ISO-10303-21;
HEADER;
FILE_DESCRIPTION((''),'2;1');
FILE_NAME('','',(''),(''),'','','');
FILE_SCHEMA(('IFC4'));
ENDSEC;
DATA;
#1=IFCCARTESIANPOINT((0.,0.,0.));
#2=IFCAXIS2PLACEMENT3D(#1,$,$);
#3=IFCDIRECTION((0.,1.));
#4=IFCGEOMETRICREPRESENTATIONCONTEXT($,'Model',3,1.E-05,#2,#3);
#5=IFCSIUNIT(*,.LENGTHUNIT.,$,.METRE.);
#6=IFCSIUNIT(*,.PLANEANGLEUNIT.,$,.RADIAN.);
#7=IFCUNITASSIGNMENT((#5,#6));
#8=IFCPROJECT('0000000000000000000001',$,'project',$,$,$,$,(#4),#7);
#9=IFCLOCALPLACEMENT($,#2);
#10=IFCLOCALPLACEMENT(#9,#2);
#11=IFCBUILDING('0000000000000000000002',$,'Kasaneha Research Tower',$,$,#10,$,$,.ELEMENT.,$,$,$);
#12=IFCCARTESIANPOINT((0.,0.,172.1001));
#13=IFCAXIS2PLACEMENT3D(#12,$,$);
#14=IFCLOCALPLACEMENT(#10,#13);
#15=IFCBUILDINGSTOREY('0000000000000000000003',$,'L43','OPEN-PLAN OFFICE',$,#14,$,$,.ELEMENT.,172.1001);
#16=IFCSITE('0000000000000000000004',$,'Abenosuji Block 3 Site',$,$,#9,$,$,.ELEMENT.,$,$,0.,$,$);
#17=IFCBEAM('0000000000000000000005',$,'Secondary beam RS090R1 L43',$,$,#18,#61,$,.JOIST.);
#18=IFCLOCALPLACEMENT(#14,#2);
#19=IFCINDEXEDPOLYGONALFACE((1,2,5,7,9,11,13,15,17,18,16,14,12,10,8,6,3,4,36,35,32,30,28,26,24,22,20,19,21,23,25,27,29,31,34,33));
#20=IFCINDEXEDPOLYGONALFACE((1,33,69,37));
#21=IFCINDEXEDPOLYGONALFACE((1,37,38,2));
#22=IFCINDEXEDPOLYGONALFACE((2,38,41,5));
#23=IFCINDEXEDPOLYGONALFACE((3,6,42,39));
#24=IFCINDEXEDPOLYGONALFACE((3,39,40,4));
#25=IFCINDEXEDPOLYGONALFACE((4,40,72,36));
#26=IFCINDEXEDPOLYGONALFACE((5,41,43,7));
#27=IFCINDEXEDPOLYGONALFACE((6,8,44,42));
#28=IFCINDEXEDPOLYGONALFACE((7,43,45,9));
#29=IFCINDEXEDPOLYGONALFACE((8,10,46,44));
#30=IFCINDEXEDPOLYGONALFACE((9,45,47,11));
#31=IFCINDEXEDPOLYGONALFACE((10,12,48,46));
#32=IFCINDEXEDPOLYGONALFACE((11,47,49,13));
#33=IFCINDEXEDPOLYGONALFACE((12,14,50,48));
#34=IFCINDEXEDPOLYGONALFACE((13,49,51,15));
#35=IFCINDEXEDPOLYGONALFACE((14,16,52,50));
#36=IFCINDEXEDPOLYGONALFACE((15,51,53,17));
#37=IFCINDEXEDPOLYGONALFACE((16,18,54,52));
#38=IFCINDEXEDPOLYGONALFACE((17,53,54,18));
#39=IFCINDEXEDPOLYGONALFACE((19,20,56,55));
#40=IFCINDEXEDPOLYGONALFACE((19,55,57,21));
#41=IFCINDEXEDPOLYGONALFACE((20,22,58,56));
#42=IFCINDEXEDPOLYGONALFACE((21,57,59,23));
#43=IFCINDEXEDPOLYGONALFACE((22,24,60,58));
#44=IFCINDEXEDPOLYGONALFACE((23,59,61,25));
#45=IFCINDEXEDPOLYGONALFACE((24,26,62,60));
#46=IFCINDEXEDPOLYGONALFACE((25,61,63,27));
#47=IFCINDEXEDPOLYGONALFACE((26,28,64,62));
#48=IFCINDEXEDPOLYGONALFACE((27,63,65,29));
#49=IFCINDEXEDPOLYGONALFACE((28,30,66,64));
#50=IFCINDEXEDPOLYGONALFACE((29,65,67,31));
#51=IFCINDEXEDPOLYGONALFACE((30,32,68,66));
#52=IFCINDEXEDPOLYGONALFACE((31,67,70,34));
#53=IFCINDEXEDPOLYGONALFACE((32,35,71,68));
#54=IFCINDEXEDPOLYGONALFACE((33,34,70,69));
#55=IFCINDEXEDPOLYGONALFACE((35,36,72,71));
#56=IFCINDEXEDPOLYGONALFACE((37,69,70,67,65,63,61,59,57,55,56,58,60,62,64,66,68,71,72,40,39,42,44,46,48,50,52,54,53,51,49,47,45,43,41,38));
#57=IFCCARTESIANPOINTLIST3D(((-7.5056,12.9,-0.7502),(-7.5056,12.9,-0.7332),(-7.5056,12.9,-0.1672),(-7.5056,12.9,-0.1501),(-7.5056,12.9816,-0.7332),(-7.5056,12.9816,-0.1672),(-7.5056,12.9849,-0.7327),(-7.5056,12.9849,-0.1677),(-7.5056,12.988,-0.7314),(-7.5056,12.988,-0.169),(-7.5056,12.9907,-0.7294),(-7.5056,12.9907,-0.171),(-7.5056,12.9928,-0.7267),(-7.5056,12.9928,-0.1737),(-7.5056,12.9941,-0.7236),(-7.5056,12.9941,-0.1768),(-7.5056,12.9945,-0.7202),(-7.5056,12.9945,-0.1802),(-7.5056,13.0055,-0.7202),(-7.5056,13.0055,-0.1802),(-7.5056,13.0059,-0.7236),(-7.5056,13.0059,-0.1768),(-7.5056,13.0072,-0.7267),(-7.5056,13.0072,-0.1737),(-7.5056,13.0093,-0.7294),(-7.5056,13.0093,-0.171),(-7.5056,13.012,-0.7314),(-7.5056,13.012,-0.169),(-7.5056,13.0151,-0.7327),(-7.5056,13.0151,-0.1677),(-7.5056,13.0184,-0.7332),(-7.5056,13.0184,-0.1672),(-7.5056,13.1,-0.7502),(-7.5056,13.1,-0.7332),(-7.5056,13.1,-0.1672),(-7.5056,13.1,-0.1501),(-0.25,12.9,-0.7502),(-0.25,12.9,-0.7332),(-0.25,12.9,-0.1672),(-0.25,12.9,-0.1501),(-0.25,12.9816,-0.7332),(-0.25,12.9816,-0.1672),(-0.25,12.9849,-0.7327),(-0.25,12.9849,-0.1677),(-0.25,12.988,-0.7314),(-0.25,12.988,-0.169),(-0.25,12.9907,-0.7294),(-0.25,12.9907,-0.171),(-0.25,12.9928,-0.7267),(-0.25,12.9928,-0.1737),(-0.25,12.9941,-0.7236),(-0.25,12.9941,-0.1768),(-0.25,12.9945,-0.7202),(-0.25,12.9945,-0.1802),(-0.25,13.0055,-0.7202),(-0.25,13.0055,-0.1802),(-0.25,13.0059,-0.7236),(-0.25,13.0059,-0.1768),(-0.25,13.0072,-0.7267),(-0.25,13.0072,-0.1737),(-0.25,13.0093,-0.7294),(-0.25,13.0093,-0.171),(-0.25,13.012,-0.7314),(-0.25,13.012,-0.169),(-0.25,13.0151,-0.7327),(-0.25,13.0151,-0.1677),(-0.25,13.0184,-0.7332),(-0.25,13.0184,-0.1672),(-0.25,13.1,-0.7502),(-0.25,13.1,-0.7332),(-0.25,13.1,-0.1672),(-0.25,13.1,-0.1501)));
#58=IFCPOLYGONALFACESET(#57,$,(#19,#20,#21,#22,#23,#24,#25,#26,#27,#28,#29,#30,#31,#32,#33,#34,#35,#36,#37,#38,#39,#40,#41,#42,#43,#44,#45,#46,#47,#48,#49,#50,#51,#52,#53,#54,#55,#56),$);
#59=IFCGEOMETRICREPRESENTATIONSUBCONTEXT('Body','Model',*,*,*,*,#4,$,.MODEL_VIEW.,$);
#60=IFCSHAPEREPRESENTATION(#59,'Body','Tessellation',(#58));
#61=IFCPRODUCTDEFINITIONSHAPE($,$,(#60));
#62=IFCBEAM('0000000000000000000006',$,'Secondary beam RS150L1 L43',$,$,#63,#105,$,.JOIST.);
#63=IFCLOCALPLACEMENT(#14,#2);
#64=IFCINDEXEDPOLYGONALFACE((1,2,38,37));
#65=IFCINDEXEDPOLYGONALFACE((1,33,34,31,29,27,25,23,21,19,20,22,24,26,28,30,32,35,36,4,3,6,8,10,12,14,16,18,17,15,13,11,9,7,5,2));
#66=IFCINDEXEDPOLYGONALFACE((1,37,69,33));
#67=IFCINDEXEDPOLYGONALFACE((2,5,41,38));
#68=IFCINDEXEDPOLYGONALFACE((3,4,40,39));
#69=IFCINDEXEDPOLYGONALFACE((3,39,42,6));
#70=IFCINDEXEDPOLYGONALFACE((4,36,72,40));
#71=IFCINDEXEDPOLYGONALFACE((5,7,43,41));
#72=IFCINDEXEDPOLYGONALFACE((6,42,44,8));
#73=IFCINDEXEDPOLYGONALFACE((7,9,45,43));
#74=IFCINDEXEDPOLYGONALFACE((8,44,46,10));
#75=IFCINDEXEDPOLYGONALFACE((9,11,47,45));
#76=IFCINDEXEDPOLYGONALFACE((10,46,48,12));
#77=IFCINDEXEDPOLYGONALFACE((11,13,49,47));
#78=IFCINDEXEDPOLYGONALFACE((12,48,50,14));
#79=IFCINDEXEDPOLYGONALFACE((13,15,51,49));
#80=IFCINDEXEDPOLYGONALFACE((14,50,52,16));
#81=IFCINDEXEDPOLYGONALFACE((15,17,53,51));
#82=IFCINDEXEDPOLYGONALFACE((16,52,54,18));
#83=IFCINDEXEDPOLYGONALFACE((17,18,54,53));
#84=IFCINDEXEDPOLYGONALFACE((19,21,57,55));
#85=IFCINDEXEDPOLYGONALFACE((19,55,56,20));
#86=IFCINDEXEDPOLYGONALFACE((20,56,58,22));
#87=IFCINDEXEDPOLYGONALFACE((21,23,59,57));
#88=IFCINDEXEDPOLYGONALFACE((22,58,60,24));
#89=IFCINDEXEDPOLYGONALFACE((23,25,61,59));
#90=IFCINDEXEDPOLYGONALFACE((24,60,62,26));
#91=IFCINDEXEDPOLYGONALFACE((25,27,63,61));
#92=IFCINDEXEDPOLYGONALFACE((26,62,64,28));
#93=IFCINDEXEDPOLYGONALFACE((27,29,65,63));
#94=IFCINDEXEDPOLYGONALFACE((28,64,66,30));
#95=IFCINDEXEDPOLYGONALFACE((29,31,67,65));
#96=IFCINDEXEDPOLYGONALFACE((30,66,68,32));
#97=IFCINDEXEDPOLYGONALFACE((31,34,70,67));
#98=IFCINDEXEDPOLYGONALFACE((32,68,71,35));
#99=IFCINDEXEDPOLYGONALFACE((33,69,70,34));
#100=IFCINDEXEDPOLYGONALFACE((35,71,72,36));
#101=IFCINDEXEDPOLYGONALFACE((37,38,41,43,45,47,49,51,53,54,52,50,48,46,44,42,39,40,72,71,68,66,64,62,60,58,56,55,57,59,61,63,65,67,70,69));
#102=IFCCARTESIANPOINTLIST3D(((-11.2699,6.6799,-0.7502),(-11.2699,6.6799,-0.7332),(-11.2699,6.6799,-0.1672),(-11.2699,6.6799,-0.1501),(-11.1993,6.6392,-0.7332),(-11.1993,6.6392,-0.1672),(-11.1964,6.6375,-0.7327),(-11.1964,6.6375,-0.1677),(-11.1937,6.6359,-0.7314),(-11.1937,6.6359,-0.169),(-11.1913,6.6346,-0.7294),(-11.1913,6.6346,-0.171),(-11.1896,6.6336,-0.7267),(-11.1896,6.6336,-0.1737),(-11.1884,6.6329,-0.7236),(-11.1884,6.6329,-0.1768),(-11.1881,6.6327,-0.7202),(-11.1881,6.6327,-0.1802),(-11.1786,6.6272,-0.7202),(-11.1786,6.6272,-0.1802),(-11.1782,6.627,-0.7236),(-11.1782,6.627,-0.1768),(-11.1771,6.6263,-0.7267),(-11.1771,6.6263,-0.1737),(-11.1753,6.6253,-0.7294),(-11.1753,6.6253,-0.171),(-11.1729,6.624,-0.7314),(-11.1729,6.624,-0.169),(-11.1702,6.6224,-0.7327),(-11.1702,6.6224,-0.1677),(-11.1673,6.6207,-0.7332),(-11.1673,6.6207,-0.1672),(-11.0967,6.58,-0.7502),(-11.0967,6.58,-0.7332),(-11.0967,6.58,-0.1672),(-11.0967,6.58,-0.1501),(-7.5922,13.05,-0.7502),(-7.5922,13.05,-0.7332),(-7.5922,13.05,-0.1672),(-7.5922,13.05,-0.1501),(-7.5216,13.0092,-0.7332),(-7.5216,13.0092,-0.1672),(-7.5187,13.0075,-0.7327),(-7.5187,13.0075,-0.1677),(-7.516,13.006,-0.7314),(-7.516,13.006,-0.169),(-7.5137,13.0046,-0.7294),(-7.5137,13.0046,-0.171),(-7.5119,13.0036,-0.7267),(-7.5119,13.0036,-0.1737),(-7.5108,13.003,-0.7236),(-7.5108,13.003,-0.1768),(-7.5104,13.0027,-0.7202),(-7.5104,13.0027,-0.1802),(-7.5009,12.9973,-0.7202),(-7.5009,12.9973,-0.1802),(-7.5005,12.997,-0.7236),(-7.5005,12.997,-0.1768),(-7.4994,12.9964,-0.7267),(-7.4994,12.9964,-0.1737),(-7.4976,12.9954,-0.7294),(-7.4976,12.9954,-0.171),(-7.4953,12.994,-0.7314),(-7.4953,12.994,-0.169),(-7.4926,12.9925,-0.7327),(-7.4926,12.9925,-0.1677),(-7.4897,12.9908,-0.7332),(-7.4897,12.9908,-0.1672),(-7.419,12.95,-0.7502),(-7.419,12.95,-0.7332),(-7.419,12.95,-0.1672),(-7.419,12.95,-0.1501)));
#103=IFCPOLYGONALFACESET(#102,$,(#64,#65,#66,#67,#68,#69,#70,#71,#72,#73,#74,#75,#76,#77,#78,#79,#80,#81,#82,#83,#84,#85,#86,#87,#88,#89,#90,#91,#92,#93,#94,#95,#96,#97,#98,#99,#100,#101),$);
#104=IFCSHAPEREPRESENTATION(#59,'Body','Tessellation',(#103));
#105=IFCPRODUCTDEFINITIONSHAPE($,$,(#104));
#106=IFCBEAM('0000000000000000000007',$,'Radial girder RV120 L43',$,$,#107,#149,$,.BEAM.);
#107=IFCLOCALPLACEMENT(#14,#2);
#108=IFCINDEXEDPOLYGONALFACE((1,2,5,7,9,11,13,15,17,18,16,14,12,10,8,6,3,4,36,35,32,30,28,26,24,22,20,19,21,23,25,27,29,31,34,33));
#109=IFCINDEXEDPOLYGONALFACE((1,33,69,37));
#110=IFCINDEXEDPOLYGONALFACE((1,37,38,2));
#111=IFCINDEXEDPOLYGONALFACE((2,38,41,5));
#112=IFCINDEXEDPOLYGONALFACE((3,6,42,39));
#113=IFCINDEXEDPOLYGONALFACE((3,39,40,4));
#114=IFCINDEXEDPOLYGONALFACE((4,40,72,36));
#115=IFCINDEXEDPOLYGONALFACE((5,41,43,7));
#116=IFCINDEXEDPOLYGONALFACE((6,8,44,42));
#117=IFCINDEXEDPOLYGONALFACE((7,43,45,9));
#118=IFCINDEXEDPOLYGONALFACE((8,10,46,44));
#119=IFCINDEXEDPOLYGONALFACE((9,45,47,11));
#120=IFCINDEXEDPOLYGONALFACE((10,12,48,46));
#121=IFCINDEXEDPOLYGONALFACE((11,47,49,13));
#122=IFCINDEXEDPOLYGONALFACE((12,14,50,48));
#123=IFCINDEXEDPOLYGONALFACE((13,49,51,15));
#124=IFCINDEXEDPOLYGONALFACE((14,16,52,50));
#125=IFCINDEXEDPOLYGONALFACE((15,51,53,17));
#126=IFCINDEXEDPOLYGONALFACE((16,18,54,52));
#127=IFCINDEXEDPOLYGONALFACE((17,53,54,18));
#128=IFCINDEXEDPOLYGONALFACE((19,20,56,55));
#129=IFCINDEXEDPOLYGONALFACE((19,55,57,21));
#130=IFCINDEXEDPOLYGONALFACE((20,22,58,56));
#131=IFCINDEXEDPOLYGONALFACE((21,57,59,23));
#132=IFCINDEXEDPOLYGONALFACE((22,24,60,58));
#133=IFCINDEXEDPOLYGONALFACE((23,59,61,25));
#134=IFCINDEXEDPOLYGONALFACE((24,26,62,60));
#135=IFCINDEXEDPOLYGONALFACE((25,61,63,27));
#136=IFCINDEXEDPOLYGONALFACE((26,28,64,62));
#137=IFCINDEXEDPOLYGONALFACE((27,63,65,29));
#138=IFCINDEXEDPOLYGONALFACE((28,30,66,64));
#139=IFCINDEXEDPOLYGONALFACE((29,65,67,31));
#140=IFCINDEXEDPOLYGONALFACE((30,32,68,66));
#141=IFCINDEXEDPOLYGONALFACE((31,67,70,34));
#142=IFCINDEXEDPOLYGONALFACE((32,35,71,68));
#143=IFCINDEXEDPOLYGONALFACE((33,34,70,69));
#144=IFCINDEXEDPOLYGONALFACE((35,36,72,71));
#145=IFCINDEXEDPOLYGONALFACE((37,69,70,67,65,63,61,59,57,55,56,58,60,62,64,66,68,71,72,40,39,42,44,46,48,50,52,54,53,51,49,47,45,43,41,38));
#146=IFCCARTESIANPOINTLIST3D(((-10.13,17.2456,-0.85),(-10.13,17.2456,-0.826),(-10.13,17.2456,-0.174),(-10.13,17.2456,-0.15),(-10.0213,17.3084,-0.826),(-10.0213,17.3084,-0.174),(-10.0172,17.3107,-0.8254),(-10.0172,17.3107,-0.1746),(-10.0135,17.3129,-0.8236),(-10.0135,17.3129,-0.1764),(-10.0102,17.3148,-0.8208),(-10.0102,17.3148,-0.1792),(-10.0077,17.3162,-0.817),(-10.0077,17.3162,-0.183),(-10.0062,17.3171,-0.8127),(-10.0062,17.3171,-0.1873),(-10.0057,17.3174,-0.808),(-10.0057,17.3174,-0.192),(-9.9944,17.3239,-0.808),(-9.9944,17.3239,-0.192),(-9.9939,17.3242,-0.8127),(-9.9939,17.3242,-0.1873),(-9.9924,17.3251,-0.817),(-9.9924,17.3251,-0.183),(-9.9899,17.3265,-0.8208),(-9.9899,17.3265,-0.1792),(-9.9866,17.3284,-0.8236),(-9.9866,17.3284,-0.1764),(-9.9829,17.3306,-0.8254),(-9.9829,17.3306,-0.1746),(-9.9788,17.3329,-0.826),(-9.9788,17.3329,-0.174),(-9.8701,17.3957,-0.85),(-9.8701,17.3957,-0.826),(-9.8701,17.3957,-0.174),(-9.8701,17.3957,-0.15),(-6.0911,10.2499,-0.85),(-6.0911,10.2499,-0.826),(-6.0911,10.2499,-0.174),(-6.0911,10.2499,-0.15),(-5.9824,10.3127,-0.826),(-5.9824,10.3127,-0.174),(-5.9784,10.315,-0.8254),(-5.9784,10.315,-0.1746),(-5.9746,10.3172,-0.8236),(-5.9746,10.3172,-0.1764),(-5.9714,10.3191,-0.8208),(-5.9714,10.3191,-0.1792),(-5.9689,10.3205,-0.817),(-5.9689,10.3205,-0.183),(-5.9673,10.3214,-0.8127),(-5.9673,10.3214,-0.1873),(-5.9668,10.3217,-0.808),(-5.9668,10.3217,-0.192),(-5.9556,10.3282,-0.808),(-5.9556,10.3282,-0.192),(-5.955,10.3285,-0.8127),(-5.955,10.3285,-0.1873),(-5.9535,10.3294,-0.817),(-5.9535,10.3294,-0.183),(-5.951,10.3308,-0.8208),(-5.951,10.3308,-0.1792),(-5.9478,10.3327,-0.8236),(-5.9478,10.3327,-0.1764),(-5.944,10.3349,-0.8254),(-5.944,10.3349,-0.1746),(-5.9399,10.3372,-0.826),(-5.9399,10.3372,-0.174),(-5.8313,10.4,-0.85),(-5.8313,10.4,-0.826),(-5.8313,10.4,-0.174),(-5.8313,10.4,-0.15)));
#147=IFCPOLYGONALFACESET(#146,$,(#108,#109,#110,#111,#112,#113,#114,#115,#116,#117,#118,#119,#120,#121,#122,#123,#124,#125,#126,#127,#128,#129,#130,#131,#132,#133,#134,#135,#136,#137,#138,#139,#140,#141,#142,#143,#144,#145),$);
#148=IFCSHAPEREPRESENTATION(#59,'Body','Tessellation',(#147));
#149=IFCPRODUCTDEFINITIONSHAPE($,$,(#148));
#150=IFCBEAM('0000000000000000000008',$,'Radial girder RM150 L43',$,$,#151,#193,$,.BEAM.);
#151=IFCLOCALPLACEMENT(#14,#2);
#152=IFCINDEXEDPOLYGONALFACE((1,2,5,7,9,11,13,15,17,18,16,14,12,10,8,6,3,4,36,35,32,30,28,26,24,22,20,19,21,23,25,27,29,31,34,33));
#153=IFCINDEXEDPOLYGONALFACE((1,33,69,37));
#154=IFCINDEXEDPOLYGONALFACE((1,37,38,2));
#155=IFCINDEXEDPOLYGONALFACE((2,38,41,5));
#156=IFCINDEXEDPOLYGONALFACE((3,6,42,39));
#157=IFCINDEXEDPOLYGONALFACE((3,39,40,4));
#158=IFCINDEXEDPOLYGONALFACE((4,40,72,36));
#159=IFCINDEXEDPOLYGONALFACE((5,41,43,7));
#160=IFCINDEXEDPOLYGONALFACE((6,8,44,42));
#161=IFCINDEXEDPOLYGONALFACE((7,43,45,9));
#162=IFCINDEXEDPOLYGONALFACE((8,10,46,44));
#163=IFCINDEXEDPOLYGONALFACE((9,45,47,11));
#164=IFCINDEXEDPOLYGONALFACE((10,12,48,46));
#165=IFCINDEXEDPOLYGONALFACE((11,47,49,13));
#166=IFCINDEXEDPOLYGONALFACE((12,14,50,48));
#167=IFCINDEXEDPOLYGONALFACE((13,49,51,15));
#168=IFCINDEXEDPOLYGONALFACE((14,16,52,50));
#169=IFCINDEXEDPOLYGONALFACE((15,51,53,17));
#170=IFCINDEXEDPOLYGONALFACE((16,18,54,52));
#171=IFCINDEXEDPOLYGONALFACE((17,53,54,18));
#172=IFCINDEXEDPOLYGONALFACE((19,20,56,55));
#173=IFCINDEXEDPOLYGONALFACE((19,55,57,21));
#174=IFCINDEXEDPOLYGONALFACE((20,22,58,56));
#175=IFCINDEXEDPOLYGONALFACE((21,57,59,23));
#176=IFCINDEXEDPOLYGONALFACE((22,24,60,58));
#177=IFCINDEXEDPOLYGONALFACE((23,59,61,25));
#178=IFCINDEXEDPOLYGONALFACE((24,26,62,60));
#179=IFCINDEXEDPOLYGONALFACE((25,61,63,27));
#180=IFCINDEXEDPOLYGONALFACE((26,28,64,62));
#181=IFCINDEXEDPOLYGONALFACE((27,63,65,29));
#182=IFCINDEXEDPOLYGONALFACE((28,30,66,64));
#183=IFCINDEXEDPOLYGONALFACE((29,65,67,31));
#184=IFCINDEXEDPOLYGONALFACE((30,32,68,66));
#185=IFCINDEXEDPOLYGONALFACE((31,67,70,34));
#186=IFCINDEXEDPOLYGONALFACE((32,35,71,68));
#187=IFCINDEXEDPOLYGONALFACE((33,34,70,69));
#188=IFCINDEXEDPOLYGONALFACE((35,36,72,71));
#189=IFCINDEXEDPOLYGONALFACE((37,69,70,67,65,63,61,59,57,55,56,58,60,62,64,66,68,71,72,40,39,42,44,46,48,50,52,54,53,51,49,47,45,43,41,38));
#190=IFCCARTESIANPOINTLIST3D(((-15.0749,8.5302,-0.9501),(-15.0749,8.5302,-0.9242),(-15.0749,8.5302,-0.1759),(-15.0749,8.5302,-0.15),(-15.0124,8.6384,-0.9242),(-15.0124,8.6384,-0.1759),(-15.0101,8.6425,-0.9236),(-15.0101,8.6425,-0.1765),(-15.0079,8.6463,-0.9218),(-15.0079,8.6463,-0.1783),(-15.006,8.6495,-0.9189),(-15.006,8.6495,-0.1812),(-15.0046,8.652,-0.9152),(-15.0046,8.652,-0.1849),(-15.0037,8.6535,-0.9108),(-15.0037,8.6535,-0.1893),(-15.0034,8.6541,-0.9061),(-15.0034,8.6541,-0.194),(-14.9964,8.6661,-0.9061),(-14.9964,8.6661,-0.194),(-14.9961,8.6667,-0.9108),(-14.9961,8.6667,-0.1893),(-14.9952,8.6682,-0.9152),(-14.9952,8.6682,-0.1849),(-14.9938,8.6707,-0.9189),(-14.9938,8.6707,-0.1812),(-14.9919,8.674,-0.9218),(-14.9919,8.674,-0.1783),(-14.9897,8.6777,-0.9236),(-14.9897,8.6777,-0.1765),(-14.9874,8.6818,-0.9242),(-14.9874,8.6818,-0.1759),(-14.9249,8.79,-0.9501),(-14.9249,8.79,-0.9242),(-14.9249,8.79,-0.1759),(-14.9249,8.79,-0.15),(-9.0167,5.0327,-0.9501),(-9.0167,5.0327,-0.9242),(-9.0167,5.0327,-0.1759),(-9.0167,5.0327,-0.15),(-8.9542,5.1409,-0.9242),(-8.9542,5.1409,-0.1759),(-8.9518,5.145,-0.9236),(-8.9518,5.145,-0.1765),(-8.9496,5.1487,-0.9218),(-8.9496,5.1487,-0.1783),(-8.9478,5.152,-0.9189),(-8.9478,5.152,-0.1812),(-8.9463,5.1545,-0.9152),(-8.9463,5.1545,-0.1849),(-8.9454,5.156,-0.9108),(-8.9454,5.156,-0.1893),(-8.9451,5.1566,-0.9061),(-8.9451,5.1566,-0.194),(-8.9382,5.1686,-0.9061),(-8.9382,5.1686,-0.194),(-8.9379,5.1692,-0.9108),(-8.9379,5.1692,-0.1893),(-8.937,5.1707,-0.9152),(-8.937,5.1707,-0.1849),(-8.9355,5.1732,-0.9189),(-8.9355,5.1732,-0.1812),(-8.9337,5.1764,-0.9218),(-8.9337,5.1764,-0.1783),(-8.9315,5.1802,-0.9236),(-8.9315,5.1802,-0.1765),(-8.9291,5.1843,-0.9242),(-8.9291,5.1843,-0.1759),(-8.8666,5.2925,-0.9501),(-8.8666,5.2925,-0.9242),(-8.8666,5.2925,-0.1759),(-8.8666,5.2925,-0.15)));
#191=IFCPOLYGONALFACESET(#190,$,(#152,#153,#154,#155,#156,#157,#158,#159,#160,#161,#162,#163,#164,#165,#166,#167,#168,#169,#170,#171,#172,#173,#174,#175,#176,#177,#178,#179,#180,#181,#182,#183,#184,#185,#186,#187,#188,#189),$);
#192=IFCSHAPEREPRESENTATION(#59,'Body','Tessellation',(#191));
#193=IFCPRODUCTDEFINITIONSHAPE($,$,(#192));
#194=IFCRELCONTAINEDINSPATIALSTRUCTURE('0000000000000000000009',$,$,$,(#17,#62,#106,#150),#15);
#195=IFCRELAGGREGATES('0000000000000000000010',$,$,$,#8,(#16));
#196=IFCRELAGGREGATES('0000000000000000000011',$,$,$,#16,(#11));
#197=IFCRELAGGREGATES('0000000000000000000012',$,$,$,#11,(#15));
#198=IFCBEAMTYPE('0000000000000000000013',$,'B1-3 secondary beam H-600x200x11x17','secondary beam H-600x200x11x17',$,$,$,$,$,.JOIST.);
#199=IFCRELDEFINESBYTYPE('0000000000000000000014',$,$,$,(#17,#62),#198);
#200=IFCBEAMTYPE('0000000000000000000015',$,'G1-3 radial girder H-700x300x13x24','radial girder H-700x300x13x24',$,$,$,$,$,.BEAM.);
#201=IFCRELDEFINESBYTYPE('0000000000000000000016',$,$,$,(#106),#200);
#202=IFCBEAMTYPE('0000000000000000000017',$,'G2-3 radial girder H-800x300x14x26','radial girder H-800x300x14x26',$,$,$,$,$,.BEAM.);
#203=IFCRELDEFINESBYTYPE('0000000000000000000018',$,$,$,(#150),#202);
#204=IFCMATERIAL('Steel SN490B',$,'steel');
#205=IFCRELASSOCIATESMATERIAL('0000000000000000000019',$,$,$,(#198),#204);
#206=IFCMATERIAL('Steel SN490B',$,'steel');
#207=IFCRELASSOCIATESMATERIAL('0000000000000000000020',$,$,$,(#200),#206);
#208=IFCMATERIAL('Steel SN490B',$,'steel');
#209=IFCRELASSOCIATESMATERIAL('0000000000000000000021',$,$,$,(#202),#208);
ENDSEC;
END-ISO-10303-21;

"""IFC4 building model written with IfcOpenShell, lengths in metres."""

from ifc_helpers import new_model, si_unit, direction, frame, origin, origin_2d, place, context, subcontext, project, spatial, i_section, extrude, material, material_profile, profile_set, type_object, element, save


model = new_model("IFC4")

# Units and contexts
model_context = context("Model", 3, precision=1e-05, world=origin(), true_north=direction((0.0, 1.0)))
body_context = subcontext(model_context, "Body", "Model", "MODEL_VIEW")
ifc_project = project(units=[si_unit("LENGTHUNIT", "METRE"), si_unit("PLANEANGLEUNIT", "RADIAN")], contexts=[model_context])

# Site, building, storey
site_placement = place(None, origin())
site = spatial("IfcSite", under=ifc_project, at=site_placement, Name="Abenosuji Block 3 Site", CompositionType="ELEMENT", RefElevation=0.0)
building_placement = place(site_placement, origin())
building = spatial("IfcBuilding", under=site, at=building_placement, Name="Kasaneha Research Tower", CompositionType="ELEMENT")
storey_placement = place(building_placement, frame((0.0, 0.0, 172.1001)))
storey = spatial("IfcBuildingStorey", under=building, at=storey_placement, Name="L43", Description="OPEN-PLAN OFFICE", CompositionType="ELEMENT", Elevation=172.1001)

# Beams
ifc_material_1 = material(Name="Steel SN490B", Category="steel")
ifc_material_profile_1 = material_profile(ifc_material_1, i_section(OverallWidth=0.2, OverallDepth=0.6001, WebThickness=0.011, FlangeThickness=0.0171, FilletRadius=0.0129, at=origin_2d()), Name="H-600x200x11x17")
ifc_profile_set_1 = profile_set([ifc_material_profile_1], Name="Steel SN490B")
beam_type_1 = type_object("IfcBeamType", Name="B1-3 secondary beam H-600x200x11x17", Description="secondary beam H-600x200x11x17", PredefinedType="JOIST", material=ifc_profile_set_1)
beam_1_placement = place(storey_placement, frame((-7.5056, 13.0, -0.4502), z_axis=(1.0, 0.0, 0.0), x_axis=(0.0, 1.0, 0.0)))
element("IfcBeam", 1, at=beam_1_placement, inside=storey, type_object=beam_type_1, Name="Secondary beam RS090R1 L43", PredefinedType="JOIST", context=body_context, shape_type="SweptSolid", body=[
    extrude(i_section(OverallWidth=0.2, OverallDepth=0.6001, WebThickness=0.011, FlangeThickness=0.0171, FilletRadius=0.0129, at=origin_2d()), origin(), (0.0, 0.0, 1.0), 7.2556),
])
beam_2_placement = place(storey_placement, frame((-7.5056, 13.0, -0.4502), z_axis=(-0.499994, -0.866029, 0.0), x_axis=(0.866029, -0.499994, 0.0)))
element("IfcBeam", 2, at=beam_2_placement, inside=storey, type_object=beam_type_1, Name="Secondary beam RS150L1 L43", PredefinedType="JOIST", context=body_context, shape_type="SweptSolid", body=[
    extrude(i_section(OverallWidth=0.2, OverallDepth=0.6001, WebThickness=0.011, FlangeThickness=0.0171, FilletRadius=0.0129, at=origin_2d()), origin(), (0.0, 0.0, 1.0), 7.3555),
])
ifc_material_2 = material(Name="Steel SN490B", Category="steel")
ifc_material_profile_2 = material_profile(ifc_material_2, i_section(OverallWidth=0.3, OverallDepth=0.7, WebThickness=0.0129, FlangeThickness=0.0239, FilletRadius=0.0181, at=origin_2d()), Name="H-700x300x13x24")
ifc_profile_set_2 = profile_set([ifc_material_profile_2], Name="Steel SN490B")
beam_type_2 = type_object("IfcBeamType", Name="G1-3 radial girder H-700x300x13x24", Description="radial girder H-700x300x13x24", PredefinedType="BEAM", material=ifc_profile_set_2)
beam_3_placement = place(storey_placement, frame((-5.9612, 10.325, -0.5), z_axis=(-0.499991, 0.866031, 0.0), x_axis=(-0.866031, -0.499991, 0.0)))
element("IfcBeam", 3, at=beam_3_placement, inside=storey, type_object=beam_type_2, Name="Radial girder RV120 L43", PredefinedType="BEAM", context=body_context, shape_type="SweptSolid", body=[
    extrude(i_section(OverallWidth=0.3, OverallDepth=0.7, WebThickness=0.0129, FlangeThickness=0.0239, FilletRadius=0.0181, at=origin_2d()), origin(), (0.0, 0.0, 1.0), 8.0779),
])
ifc_material_3 = material(Name="Steel SN490B", Category="steel")
ifc_material_profile_3 = material_profile(ifc_material_3, i_section(OverallWidth=0.3, OverallDepth=0.8, WebThickness=0.0139, FlangeThickness=0.0259, FilletRadius=0.0181, at=origin_2d()), Name="H-800x300x14x26")
ifc_profile_set_3 = profile_set([ifc_material_profile_3], Name="Steel SN490B")
beam_type_3 = type_object("IfcBeamType", Name="G2-3 radial girder H-800x300x14x26", Description="radial girder H-800x300x14x26", PredefinedType="BEAM", material=ifc_profile_set_3)
beam_4_placement = place(storey_placement, frame((-8.9417, 5.1626, -0.55), z_axis=(-0.86604, 0.499975, 0.0), x_axis=(-0.499975, -0.86604, 0.0)))
element("IfcBeam", 4, at=beam_4_placement, inside=storey, type_object=beam_type_3, Name="Radial girder RM150 L43", PredefinedType="BEAM", context=body_context, shape_type="SweptSolid", body=[
    extrude(i_section(OverallWidth=0.3, OverallDepth=0.8, WebThickness=0.0139, FlangeThickness=0.0259, FilletRadius=0.0181, at=origin_2d()), origin(), (0.0, 0.0, 1.0), 6.9954),
])

save(model, "model.ifc")
